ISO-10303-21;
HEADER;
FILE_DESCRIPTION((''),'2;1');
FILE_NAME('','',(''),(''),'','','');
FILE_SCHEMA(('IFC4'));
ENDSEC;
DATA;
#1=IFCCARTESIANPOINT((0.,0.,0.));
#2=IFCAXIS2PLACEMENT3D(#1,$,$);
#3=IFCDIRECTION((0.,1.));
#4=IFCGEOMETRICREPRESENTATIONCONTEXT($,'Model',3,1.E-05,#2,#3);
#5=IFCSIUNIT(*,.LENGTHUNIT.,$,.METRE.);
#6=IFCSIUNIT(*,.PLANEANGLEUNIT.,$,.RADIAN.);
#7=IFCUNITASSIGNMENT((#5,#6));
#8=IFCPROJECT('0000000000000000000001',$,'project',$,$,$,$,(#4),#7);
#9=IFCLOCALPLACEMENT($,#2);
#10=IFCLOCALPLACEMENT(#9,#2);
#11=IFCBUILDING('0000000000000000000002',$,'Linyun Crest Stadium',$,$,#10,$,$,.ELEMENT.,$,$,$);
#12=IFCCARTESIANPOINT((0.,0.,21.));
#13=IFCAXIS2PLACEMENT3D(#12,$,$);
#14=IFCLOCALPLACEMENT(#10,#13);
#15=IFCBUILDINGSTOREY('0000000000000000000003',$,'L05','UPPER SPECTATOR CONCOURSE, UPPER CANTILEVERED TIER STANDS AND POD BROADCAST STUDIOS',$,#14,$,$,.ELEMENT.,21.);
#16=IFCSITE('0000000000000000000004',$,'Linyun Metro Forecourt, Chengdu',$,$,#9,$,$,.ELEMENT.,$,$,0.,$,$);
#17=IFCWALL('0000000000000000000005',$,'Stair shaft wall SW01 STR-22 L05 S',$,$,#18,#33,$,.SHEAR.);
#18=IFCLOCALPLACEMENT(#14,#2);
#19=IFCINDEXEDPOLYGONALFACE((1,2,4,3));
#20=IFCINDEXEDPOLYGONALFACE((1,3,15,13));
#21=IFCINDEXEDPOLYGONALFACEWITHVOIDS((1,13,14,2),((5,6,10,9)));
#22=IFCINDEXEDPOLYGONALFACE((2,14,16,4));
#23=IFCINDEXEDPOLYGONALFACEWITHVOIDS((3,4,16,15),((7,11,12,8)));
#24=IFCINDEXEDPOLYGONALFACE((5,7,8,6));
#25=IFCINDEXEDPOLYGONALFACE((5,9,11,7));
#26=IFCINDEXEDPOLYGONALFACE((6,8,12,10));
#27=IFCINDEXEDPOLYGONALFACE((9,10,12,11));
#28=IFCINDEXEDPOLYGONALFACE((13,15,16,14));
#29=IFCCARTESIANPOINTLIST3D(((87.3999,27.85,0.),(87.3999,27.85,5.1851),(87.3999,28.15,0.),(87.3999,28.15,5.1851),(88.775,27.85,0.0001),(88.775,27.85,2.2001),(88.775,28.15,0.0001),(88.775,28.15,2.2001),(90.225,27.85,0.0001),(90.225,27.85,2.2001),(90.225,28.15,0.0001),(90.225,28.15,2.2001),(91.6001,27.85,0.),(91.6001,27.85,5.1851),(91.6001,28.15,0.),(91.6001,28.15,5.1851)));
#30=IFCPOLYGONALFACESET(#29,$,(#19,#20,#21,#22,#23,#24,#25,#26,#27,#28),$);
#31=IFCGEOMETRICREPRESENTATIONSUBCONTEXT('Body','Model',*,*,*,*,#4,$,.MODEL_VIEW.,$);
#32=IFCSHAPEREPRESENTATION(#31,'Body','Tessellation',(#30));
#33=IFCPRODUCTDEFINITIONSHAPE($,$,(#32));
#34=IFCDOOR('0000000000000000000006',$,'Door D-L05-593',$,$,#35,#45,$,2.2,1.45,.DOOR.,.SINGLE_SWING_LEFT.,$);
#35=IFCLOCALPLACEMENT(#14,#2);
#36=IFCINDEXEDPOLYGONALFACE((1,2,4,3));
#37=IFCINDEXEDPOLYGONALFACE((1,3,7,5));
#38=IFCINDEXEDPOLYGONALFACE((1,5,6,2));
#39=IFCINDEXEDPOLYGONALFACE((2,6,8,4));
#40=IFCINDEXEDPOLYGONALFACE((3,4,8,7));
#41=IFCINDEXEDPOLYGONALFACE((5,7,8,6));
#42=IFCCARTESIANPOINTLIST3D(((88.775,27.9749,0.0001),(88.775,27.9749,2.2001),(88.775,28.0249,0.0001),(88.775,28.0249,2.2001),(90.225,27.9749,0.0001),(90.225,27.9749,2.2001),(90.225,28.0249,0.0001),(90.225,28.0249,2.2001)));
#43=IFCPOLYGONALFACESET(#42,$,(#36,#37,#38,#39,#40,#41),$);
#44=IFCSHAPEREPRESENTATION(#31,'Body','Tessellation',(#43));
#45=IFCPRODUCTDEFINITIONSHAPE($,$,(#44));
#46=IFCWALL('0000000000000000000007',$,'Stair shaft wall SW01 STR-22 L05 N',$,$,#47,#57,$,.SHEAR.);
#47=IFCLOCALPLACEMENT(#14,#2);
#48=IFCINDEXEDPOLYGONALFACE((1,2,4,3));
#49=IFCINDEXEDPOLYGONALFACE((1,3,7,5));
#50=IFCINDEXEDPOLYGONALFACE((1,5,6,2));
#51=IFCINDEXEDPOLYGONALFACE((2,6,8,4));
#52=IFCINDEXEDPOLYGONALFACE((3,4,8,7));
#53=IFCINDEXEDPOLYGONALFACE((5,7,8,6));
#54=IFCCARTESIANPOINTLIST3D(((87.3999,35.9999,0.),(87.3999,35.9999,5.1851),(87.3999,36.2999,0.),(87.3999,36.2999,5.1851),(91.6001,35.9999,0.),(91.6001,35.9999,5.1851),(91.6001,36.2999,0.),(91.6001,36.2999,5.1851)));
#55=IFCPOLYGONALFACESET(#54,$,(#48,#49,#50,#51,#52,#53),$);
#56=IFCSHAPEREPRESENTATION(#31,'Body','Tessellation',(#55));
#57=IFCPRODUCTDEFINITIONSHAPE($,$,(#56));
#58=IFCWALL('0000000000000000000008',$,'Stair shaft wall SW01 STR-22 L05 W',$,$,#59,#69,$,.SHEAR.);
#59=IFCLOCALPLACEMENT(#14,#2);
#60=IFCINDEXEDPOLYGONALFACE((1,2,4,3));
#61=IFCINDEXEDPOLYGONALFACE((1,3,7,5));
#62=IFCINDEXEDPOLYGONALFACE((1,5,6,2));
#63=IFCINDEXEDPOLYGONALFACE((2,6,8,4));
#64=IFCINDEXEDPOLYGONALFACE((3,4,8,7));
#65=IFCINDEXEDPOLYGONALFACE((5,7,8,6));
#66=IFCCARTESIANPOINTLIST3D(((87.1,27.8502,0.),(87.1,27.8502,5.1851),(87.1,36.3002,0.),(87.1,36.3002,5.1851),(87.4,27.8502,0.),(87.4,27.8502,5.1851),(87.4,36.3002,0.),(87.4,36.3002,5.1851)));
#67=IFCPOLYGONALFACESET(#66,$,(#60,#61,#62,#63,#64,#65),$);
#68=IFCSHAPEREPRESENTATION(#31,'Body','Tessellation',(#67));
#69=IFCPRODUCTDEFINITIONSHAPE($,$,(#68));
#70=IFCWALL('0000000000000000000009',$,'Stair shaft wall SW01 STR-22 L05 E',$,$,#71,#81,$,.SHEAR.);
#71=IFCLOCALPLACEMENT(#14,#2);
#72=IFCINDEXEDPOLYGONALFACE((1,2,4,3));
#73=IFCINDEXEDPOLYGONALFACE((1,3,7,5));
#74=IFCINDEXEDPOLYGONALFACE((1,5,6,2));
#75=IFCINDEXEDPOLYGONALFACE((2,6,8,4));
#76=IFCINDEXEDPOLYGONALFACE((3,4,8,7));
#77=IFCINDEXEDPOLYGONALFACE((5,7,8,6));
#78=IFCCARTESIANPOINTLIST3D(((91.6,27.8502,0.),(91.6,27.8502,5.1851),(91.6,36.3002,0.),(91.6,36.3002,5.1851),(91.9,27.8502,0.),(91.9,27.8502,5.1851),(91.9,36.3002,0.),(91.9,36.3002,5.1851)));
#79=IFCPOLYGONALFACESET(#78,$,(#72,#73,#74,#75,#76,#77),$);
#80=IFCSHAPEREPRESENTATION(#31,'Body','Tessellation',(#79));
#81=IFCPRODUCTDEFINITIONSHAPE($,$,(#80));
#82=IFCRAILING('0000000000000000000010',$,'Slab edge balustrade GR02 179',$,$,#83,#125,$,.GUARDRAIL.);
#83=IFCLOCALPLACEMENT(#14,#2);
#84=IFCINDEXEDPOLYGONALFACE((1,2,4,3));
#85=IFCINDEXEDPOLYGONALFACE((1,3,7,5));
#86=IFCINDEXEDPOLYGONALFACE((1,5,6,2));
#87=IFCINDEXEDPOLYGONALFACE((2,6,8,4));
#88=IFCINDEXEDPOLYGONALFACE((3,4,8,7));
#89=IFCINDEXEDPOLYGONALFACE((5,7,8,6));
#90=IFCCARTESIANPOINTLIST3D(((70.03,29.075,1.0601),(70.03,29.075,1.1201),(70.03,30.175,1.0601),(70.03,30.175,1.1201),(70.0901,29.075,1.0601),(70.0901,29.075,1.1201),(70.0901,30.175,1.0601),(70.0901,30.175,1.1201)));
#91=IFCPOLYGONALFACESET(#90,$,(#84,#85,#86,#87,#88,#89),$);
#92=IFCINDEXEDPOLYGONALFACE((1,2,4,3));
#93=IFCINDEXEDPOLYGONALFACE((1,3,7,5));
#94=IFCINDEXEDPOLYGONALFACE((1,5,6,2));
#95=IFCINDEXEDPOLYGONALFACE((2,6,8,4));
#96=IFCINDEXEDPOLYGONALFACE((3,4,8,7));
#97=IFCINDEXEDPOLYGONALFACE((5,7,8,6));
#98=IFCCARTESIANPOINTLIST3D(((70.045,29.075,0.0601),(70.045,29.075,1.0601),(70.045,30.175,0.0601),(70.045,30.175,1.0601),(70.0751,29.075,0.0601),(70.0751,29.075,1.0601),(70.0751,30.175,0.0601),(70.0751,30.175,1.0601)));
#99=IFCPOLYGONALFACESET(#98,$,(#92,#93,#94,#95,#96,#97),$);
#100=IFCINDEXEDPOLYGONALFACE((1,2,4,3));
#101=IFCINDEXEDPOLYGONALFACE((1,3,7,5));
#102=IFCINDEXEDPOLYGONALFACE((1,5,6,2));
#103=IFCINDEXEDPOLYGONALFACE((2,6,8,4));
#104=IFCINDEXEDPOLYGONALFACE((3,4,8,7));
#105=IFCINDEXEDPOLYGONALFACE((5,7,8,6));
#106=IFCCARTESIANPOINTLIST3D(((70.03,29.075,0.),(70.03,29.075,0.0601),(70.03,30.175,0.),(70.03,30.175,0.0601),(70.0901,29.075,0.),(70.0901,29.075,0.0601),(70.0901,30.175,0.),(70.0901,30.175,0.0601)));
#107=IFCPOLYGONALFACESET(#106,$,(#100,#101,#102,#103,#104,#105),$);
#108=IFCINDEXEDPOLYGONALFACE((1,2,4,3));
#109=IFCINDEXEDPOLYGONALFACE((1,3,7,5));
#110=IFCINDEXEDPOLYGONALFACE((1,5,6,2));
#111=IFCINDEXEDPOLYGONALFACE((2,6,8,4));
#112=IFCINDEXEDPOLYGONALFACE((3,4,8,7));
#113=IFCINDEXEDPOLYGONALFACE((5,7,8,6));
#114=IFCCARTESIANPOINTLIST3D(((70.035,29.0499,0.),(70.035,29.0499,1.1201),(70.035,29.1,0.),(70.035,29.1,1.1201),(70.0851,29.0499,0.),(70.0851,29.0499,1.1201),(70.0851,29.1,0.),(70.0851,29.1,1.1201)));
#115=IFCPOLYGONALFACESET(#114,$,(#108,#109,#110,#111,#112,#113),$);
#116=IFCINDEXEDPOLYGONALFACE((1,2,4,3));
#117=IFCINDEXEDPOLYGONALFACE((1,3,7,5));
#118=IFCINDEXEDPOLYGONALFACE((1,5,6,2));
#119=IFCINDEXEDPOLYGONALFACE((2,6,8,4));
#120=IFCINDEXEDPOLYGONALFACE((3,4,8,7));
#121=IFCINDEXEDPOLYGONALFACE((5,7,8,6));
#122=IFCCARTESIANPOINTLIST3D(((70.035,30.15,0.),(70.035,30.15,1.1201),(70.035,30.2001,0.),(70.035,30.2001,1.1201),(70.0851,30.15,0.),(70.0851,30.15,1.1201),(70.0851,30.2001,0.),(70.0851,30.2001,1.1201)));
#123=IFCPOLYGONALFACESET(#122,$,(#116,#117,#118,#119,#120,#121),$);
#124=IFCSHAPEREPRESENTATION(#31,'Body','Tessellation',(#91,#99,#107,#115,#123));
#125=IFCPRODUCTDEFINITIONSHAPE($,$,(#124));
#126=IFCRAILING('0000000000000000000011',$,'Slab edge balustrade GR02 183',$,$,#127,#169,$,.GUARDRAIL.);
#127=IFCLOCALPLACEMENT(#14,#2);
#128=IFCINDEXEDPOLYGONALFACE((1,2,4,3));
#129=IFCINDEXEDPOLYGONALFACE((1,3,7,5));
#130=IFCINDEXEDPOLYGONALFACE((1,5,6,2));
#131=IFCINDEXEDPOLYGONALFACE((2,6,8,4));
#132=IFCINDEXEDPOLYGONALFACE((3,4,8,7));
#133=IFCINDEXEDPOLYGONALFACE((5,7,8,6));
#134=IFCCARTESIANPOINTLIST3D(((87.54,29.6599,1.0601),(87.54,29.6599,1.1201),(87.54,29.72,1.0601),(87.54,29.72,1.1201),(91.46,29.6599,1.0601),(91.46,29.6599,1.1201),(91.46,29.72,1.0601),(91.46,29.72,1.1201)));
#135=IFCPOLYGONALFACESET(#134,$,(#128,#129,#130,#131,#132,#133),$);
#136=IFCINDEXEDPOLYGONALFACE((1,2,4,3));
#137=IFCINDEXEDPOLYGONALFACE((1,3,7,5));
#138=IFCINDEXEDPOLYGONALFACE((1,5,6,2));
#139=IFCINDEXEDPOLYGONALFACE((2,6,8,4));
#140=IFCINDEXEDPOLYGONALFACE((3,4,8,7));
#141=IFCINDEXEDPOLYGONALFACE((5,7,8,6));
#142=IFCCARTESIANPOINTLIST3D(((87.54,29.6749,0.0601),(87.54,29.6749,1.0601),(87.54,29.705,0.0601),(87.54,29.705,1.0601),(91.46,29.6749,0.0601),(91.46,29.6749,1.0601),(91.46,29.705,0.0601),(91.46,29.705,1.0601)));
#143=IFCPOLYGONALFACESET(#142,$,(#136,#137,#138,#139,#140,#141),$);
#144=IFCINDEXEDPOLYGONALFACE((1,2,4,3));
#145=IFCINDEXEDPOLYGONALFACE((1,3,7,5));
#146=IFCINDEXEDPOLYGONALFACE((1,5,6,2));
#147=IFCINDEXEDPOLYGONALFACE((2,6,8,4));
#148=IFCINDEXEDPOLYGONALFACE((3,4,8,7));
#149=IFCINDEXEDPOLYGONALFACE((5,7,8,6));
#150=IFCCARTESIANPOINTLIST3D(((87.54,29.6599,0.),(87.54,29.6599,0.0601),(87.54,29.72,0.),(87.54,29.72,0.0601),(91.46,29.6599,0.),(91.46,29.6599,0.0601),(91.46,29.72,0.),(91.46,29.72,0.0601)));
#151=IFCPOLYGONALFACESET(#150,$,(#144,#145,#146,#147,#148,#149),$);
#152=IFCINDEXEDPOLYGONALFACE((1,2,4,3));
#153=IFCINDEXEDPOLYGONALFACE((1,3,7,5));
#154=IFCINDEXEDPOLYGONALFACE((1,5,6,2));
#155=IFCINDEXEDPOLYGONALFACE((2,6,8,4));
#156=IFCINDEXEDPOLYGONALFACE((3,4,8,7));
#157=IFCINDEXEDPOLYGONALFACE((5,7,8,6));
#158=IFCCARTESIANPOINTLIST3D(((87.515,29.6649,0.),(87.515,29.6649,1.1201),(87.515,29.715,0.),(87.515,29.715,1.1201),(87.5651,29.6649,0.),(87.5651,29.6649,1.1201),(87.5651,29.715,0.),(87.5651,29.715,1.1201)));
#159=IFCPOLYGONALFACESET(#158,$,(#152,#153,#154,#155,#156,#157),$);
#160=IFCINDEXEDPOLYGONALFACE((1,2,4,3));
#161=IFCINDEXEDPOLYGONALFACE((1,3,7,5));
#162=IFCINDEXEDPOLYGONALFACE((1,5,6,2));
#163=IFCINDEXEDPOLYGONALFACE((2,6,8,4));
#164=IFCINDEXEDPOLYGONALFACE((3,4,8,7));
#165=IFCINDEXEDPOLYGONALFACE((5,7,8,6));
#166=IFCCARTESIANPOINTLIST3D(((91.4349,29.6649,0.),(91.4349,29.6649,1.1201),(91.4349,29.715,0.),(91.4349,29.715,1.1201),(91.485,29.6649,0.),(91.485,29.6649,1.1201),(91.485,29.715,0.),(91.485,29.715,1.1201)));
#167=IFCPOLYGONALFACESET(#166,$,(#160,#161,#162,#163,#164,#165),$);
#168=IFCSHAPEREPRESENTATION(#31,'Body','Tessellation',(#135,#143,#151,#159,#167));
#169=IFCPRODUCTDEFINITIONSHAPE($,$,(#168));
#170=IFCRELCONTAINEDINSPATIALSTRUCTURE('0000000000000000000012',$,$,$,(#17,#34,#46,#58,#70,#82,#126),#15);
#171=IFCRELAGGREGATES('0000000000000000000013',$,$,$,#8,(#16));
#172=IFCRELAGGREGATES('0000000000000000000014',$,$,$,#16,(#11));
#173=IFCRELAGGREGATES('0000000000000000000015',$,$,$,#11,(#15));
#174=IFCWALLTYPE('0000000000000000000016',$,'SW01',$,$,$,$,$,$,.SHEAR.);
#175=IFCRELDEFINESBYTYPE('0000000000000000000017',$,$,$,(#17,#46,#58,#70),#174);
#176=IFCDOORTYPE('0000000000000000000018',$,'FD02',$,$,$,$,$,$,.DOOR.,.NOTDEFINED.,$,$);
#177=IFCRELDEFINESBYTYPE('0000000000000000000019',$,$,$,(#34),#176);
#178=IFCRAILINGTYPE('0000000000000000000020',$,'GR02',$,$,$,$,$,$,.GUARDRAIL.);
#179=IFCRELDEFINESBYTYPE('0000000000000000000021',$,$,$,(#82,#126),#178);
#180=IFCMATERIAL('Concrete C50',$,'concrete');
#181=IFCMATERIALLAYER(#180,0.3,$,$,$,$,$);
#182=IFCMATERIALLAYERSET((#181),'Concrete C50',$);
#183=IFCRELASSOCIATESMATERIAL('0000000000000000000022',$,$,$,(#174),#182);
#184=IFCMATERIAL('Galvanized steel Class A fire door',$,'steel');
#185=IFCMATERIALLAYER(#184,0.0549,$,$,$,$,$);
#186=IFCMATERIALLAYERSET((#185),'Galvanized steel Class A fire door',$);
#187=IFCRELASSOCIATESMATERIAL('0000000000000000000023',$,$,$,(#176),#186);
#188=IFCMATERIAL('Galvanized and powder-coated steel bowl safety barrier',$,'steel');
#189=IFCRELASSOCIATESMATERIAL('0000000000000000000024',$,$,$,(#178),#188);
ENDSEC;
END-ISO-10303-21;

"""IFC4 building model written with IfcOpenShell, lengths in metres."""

from ifc_helpers import new_model, si_unit, direction, frame, frame_2d, origin, origin_2d, place, context, subcontext, project, spatial, rectangle, extrude, material, layer, layer_set, type_object, element, fill, save


model = new_model("IFC4")

# Units and contexts
model_context = context("Model", 3, precision=1e-05, world=origin(), true_north=direction((0.0, 1.0)))
body_context = subcontext(model_context, "Body", "Model", "MODEL_VIEW")
ifc_project = project(units=[si_unit("LENGTHUNIT", "METRE"), si_unit("PLANEANGLEUNIT", "RADIAN")], contexts=[model_context])

# Site, building, storey
site_placement = place(None, origin())
site = spatial("IfcSite", under=ifc_project, at=site_placement, Name="Linyun Metro Forecourt, Chengdu", CompositionType="ELEMENT", RefElevation=0.0)
building_placement = place(site_placement, origin())
building = spatial("IfcBuilding", under=site, at=building_placement, Name="Linyun Crest Stadium", CompositionType="ELEMENT")
storey_placement = place(building_placement, frame((0.0, 0.0, 21.0)))
storey = spatial("IfcBuildingStorey", under=building, at=storey_placement, Name="L05", Description="UPPER SPECTATOR CONCOURSE, UPPER CANTILEVERED TIER STANDS AND POD BROADCAST STUDIOS", CompositionType="ELEMENT", Elevation=21.0)

# Shared definitions
ifc_material_1 = material(Name="Concrete C50", Category="concrete")
ifc_layer_1 = layer(ifc_material_1, 0.3)
ifc_layer_set_1 = layer_set([ifc_layer_1], Name="Concrete C50")
wall_type_1 = type_object("IfcWallType", Name="SW01", PredefinedType="SHEAR", material=ifc_layer_set_1)
ifc_material_2 = material(Name="Galvanized steel Class A fire door", Category="steel")
ifc_layer_2 = layer(ifc_material_2, 0.0549)
ifc_layer_set_2 = layer_set([ifc_layer_2], Name="Galvanized steel Class A fire door")
door_type_1 = type_object("IfcDoorType", Name="FD02", OperationType="NOTDEFINED", PredefinedType="DOOR", material=ifc_layer_set_2)

# Wall, opening, door
wall_1_placement = place(storey_placement, frame((87.3999, 28.0, 0.0), z_axis=(0.0, 0.0, 1.0), x_axis=(1.0, 0.0, 0.0)))
wall_1 = element("IfcWall", 1, at=wall_1_placement, inside=storey, type_object=wall_type_1, Name="Stair shaft wall SW01 STR-22 L05 S", PredefinedType="SHEAR", context=body_context, shape_type="SweptSolid", body=[
    extrude(rectangle(XDim=4.2002, YDim=0.3, at=frame_2d((2.1001, 0.0))), origin(), (0.0, 0.0, 1.0), 5.1851),
])
opening_1_placement = place(wall_1_placement, frame((1.375, 0.0, 0.0)))
opening_1 = element("IfcOpeningElement", 2, at=opening_1_placement, cuts=wall_1, PredefinedType="OPENING", context=body_context, shape_type="SweptSolid", body=[
    extrude(rectangle(XDim=1.45, YDim=2.2, at=frame_2d((0.7251, 1.1001))), frame((0.0, 0.1599, 0.0), z_axis=(0.0, -1.0, 0.0), x_axis=(1.0, 0.0, 0.0)), (0.0, 0.0, 1.0), 0.3201),
])
door_1_placement = place(opening_1_placement, origin())
door_1 = element("IfcDoor", 3, at=door_1_placement, inside=storey, type_object=door_type_1, Name="Door D-L05-593", OperationType="SINGLE_SWING_LEFT", OverallHeight=2.2, OverallWidth=1.45, PredefinedType="DOOR", context=body_context, shape_type="SweptSolid", body=[
    extrude(rectangle(XDim=1.45, YDim=2.2, at=frame_2d((0.7251, 1.1001))), frame((0.0, 0.0249, 0.0), z_axis=(0.0, -1.0, 0.0), x_axis=(1.0, 0.0, 0.0)), (0.0, 0.0, 1.0), 0.05),
])
fill(opening_1, door_1)

# Walls
wall_2_placement = place(storey_placement, frame((87.3999, 36.1499, 0.0), z_axis=(0.0, 0.0, 1.0), x_axis=(1.0, 0.0, 0.0)))
element("IfcWall", 4, at=wall_2_placement, inside=storey, type_object=wall_type_1, Name="Stair shaft wall SW01 STR-22 L05 N", PredefinedType="SHEAR", context=body_context, shape_type="SweptSolid", body=[
    extrude(rectangle(XDim=4.2002, YDim=0.3, at=frame_2d((2.1001, 0.0))), origin(), (0.0, 0.0, 1.0), 5.1851),
])
for number, where, z_axis, x_axis, name in (
    (5, (87.25, 27.8501, 0.0), (0.0, 0.0, 1.0), (0.0, 1.0, 0.0), "Stair shaft wall SW01 STR-22 L05 W"),
    (6, (91.75, 27.8501, 0.0), (0.0, 0.0, 1.0), (0.0, 1.0, 0.0), "Stair shaft wall SW01 STR-22 L05 E"),
):
    element("IfcWall", number, at=place(storey_placement, frame(where, z_axis=z_axis, x_axis=x_axis)), inside=storey, type_object=wall_type_1, Name=name, PredefinedType="SHEAR", context=body_context, shape_type="SweptSolid", body=[
        extrude(rectangle(XDim=8.45, YDim=0.3, at=frame_2d((4.2251, 0.0))), origin(), (0.0, 0.0, 1.0), 5.1851),
    ])

# Railings
ifc_material_3 = material(Name="Galvanized and powder-coated steel bowl safety barrier", Category="steel")
railing_type_1 = type_object("IfcRailingType", Name="GR02", PredefinedType="GUARDRAIL", material=ifc_material_3)
railing_1_placement = place(storey_placement, frame((70.0601, 29.075, 0.0)))
element("IfcRailing", 7, at=railing_1_placement, inside=storey, type_object=railing_type_1, Name="Slab edge balustrade GR02 179", PredefinedType="GUARDRAIL", context=body_context, shape_type="SweptSolid", body=[
    extrude(rectangle(XDim=0.0601, YDim=0.0601, at=origin_2d()), frame((0.0, 0.0, 1.0901), z_axis=(0.0, 1.0, 0.0), x_axis=(-1.0, 0.0, 0.0)), (0.0, 0.0, 1.0), 1.1001),
    extrude(rectangle(XDim=0.03, YDim=1.0, at=origin_2d()), frame((0.0, 0.0, 0.5601), z_axis=(0.0, 1.0, 0.0), x_axis=(-1.0, 0.0, 0.0)), (0.0, 0.0, 1.0), 1.1001),
    extrude(rectangle(XDim=0.0601, YDim=0.0601, at=origin_2d()), frame((0.0, 0.0, 0.03), z_axis=(0.0, 1.0, 0.0), x_axis=(-1.0, 0.0, 0.0)), (0.0, 0.0, 1.0), 1.1001),
    extrude(rectangle(XDim=0.05, YDim=0.05, at=origin_2d()), origin(), (0.0, 0.0, 1.0), 1.1201),
    extrude(rectangle(XDim=0.05, YDim=0.05, at=origin_2d()), frame((0.0, 1.1001, 0.0)), (0.0, 0.0, 1.0), 1.1201),
])
railing_2_placement = place(storey_placement, frame((87.54, 29.6899, 0.0)))
element("IfcRailing", 8, at=railing_2_placement, inside=storey, type_object=railing_type_1, Name="Slab edge balustrade GR02 183", PredefinedType="GUARDRAIL", context=body_context, shape_type="SweptSolid", body=[
    extrude(rectangle(XDim=0.0601, YDim=0.0601, at=origin_2d()), frame((0.0, 0.0, 1.0901), z_axis=(1.0, 0.0, 0.0), x_axis=(0.0, 1.0, 0.0)), (0.0, 0.0, 1.0), 3.9199),
    extrude(rectangle(XDim=0.03, YDim=1.0, at=origin_2d()), frame((0.0, 0.0, 0.5601), z_axis=(1.0, 0.0, 0.0), x_axis=(0.0, 1.0, 0.0)), (0.0, 0.0, 1.0), 3.9199),
    extrude(rectangle(XDim=0.0601, YDim=0.0601, at=origin_2d()), frame((0.0, 0.0, 0.03), z_axis=(1.0, 0.0, 0.0), x_axis=(0.0, 1.0, 0.0)), (0.0, 0.0, 1.0), 3.9199),
    extrude(rectangle(XDim=0.05, YDim=0.05, at=origin_2d()), origin(), (0.0, 0.0, 1.0), 1.1201),
    extrude(rectangle(XDim=0.05, YDim=0.05, at=origin_2d()), frame((3.9199, 0.0, 0.0)), (0.0, 0.0, 1.0), 1.1201),
])

save(model, "model.ifc")
